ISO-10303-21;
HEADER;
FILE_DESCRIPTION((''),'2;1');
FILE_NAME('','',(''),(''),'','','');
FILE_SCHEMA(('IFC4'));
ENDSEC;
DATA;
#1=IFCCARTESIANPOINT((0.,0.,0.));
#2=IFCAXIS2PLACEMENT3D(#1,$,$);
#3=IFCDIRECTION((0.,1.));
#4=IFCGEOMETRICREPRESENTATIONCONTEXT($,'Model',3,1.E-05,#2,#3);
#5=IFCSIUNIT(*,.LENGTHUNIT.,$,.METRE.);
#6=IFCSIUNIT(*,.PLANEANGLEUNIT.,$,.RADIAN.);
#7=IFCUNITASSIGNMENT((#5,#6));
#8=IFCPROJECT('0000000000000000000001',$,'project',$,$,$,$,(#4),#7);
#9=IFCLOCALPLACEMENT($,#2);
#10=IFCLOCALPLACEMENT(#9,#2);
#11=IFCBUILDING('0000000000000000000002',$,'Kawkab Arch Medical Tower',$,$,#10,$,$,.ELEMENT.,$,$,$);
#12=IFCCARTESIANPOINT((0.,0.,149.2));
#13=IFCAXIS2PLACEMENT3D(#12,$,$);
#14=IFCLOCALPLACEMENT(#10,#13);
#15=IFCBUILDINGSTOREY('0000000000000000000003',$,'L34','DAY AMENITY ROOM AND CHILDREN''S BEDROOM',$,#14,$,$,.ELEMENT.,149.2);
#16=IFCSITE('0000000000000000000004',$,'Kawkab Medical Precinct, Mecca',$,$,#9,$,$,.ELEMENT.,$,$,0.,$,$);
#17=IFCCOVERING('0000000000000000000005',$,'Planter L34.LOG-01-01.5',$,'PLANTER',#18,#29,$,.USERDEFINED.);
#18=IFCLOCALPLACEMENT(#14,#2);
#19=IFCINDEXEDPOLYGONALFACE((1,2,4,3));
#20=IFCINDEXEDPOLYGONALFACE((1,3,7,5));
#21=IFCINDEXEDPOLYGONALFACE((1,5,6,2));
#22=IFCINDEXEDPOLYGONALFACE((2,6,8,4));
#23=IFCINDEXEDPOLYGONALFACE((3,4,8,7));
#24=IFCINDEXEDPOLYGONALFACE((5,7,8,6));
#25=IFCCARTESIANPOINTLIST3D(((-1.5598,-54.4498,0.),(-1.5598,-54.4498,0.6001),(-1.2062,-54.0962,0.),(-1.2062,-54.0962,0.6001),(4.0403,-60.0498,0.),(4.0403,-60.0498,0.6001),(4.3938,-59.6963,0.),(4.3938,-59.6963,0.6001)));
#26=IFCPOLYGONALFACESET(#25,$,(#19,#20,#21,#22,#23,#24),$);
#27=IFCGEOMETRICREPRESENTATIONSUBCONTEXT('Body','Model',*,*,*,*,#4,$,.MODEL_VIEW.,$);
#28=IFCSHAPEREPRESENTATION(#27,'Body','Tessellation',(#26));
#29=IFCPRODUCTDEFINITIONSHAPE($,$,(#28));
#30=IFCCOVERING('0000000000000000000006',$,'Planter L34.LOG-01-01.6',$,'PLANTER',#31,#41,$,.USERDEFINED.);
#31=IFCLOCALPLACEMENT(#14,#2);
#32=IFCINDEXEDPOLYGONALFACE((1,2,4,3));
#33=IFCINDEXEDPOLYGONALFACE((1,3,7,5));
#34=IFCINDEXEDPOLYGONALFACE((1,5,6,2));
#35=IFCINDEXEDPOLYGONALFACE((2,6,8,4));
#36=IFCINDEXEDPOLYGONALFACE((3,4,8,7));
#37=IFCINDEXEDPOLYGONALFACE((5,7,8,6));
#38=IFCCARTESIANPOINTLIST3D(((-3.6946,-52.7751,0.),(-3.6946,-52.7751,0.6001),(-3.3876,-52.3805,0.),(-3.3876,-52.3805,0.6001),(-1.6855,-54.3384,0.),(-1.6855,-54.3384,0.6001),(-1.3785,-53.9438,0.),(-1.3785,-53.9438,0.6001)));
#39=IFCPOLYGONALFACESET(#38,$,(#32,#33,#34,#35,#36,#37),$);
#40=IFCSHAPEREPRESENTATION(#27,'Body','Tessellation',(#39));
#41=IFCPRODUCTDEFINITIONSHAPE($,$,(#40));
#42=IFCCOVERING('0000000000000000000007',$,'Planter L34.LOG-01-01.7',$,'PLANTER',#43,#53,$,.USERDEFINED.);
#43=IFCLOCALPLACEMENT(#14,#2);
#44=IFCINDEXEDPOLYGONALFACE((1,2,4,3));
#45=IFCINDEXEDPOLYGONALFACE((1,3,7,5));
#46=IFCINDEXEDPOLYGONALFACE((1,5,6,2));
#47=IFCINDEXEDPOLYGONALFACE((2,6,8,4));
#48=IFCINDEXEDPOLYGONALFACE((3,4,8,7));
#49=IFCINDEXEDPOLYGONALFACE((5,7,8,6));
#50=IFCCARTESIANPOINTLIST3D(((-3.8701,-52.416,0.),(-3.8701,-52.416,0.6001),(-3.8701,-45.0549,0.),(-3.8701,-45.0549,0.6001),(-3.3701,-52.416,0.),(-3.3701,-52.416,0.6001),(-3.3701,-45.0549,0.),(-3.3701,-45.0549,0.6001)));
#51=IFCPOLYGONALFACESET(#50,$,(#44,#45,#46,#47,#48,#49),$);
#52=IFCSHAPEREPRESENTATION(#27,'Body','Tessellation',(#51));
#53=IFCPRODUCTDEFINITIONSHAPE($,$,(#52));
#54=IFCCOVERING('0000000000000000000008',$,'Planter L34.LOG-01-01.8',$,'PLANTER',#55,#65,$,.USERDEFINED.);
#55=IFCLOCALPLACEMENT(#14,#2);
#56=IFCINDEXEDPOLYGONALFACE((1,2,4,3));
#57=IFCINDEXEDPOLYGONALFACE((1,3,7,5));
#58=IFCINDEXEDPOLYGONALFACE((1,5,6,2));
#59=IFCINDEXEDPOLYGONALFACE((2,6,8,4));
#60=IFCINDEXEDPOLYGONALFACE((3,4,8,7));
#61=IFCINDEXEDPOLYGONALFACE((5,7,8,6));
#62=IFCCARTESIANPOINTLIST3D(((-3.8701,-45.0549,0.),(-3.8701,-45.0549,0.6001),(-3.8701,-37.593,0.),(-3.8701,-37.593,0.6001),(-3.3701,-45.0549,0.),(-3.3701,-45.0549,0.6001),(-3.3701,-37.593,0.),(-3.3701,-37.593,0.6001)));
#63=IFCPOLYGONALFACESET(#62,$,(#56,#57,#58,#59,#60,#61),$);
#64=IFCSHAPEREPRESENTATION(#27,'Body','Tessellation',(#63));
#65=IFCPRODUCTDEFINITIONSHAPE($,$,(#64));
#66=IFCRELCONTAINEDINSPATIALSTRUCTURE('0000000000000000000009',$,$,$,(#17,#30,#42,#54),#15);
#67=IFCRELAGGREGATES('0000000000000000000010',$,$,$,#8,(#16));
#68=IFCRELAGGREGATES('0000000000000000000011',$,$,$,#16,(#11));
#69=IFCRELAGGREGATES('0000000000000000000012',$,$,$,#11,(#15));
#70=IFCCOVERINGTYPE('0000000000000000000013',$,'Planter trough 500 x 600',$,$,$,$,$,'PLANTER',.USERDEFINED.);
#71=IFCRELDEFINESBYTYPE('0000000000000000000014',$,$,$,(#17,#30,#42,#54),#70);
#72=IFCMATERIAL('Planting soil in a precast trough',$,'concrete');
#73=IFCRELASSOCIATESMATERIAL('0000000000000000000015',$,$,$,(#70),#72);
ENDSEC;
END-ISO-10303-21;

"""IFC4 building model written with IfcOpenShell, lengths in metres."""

from ifc_helpers import new_model, si_unit, direction, frame, origin, origin_2d, place, context, subcontext, project, spatial, rectangle, extrude, material, material_profile, profile_set, type_object, element, save


model = new_model("IFC4")

# Units and contexts
model_context = context("Model", 3, precision=1e-05, world=origin(), true_north=direction((0.0, 1.0)))
body_context = subcontext(model_context, "Body", "Model", "MODEL_VIEW")
ifc_project = project(units=[si_unit("LENGTHUNIT", "METRE"), si_unit("PLANEANGLEUNIT", "RADIAN")], contexts=[model_context])

# Site, building, storey
site_placement = place(None, origin())
site = spatial("IfcSite", under=ifc_project, at=site_placement, Name="Kawkab Medical Precinct, Mecca", CompositionType="ELEMENT", RefElevation=0.0)
building_placement = place(site_placement, origin())
building = spatial("IfcBuilding", under=site, at=building_placement, Name="Kawkab Arch Medical Tower", CompositionType="ELEMENT")
storey_placement = place(building_placement, frame((0.0, 0.0, 149.2)))
storey = spatial("IfcBuildingStorey", under=building, at=storey_placement, Name="L34", Description="DAY AMENITY ROOM AND CHILDREN'S BEDROOM", CompositionType="ELEMENT", Elevation=149.2)

# Coverings
ifc_material_1 = material(Name="Planting soil in a precast trough", Category="concrete")
ifc_material_profile_1 = material_profile(ifc_material_1, rectangle(XDim=0.5, YDim=0.6001, at=origin_2d()), Name="Trough 500x600")
ifc_profile_set_1 = profile_set([ifc_material_profile_1], Name="Planting soil in a precast trough")
covering_type = type_object("IfcCoveringType", Name="Planter trough 500 x 600", ElementType="PLANTER", PredefinedType="USERDEFINED", material=ifc_profile_set_1)
covering_1_placement = place(storey_placement, frame((4.217, -59.873, 0.3), z_axis=(-0.707107, 0.707107, 0.0), x_axis=(-0.707107, -0.707107, 0.0)))
element("IfcCovering", 1, at=covering_1_placement, inside=storey, type_object=covering_type, Name="Planter L34.LOG-01-01.5", ObjectType="PLANTER", PredefinedType="USERDEFINED", context=body_context, shape_type="SweptSolid", body=[
    extrude(rectangle(XDim=0.5, YDim=0.6001, at=origin_2d()), origin(), (0.0, 0.0, 1.0), 7.9197),
])
covering_2_placement = place(storey_placement, frame((-1.532, -54.1411, 0.3), z_axis=(-0.789228, 0.6141, 0.0), x_axis=(-0.6141, -0.789228, 0.0)))
element("IfcCovering", 2, at=covering_2_placement, inside=storey, type_object=covering_type, Name="Planter L34.LOG-01-01.6", ObjectType="PLANTER", PredefinedType="USERDEFINED", context=body_context, shape_type="SweptSolid", body=[
    extrude(rectangle(XDim=0.5, YDim=0.6001, at=origin_2d()), origin(), (0.0, 0.0, 1.0), 2.5457),
])
covering_3_placement = place(storey_placement, frame((-3.6201, -52.416, 0.3), z_axis=(0.0, 1.0, 0.0), x_axis=(-1.0, 0.0, 0.0)))
element("IfcCovering", 3, at=covering_3_placement, inside=storey, type_object=covering_type, Name="Planter L34.LOG-01-01.7", ObjectType="PLANTER", PredefinedType="USERDEFINED", context=body_context, shape_type="SweptSolid", body=[
    extrude(rectangle(XDim=0.5, YDim=0.6001, at=origin_2d()), origin(), (0.0, 0.0, 1.0), 7.3611),
])
covering_4_placement = place(storey_placement, frame((-3.6201, -45.0549, 0.3), z_axis=(0.0, 1.0, 0.0), x_axis=(-1.0, 0.0, 0.0)))
element("IfcCovering", 4, at=covering_4_placement, inside=storey, type_object=covering_type, Name="Planter L34.LOG-01-01.8", ObjectType="PLANTER", PredefinedType="USERDEFINED", context=body_context, shape_type="SweptSolid", body=[
    extrude(rectangle(XDim=0.5, YDim=0.6001, at=origin_2d()), origin(), (0.0, 0.0, 1.0), 7.4619),
])

save(model, "model.ifc")
